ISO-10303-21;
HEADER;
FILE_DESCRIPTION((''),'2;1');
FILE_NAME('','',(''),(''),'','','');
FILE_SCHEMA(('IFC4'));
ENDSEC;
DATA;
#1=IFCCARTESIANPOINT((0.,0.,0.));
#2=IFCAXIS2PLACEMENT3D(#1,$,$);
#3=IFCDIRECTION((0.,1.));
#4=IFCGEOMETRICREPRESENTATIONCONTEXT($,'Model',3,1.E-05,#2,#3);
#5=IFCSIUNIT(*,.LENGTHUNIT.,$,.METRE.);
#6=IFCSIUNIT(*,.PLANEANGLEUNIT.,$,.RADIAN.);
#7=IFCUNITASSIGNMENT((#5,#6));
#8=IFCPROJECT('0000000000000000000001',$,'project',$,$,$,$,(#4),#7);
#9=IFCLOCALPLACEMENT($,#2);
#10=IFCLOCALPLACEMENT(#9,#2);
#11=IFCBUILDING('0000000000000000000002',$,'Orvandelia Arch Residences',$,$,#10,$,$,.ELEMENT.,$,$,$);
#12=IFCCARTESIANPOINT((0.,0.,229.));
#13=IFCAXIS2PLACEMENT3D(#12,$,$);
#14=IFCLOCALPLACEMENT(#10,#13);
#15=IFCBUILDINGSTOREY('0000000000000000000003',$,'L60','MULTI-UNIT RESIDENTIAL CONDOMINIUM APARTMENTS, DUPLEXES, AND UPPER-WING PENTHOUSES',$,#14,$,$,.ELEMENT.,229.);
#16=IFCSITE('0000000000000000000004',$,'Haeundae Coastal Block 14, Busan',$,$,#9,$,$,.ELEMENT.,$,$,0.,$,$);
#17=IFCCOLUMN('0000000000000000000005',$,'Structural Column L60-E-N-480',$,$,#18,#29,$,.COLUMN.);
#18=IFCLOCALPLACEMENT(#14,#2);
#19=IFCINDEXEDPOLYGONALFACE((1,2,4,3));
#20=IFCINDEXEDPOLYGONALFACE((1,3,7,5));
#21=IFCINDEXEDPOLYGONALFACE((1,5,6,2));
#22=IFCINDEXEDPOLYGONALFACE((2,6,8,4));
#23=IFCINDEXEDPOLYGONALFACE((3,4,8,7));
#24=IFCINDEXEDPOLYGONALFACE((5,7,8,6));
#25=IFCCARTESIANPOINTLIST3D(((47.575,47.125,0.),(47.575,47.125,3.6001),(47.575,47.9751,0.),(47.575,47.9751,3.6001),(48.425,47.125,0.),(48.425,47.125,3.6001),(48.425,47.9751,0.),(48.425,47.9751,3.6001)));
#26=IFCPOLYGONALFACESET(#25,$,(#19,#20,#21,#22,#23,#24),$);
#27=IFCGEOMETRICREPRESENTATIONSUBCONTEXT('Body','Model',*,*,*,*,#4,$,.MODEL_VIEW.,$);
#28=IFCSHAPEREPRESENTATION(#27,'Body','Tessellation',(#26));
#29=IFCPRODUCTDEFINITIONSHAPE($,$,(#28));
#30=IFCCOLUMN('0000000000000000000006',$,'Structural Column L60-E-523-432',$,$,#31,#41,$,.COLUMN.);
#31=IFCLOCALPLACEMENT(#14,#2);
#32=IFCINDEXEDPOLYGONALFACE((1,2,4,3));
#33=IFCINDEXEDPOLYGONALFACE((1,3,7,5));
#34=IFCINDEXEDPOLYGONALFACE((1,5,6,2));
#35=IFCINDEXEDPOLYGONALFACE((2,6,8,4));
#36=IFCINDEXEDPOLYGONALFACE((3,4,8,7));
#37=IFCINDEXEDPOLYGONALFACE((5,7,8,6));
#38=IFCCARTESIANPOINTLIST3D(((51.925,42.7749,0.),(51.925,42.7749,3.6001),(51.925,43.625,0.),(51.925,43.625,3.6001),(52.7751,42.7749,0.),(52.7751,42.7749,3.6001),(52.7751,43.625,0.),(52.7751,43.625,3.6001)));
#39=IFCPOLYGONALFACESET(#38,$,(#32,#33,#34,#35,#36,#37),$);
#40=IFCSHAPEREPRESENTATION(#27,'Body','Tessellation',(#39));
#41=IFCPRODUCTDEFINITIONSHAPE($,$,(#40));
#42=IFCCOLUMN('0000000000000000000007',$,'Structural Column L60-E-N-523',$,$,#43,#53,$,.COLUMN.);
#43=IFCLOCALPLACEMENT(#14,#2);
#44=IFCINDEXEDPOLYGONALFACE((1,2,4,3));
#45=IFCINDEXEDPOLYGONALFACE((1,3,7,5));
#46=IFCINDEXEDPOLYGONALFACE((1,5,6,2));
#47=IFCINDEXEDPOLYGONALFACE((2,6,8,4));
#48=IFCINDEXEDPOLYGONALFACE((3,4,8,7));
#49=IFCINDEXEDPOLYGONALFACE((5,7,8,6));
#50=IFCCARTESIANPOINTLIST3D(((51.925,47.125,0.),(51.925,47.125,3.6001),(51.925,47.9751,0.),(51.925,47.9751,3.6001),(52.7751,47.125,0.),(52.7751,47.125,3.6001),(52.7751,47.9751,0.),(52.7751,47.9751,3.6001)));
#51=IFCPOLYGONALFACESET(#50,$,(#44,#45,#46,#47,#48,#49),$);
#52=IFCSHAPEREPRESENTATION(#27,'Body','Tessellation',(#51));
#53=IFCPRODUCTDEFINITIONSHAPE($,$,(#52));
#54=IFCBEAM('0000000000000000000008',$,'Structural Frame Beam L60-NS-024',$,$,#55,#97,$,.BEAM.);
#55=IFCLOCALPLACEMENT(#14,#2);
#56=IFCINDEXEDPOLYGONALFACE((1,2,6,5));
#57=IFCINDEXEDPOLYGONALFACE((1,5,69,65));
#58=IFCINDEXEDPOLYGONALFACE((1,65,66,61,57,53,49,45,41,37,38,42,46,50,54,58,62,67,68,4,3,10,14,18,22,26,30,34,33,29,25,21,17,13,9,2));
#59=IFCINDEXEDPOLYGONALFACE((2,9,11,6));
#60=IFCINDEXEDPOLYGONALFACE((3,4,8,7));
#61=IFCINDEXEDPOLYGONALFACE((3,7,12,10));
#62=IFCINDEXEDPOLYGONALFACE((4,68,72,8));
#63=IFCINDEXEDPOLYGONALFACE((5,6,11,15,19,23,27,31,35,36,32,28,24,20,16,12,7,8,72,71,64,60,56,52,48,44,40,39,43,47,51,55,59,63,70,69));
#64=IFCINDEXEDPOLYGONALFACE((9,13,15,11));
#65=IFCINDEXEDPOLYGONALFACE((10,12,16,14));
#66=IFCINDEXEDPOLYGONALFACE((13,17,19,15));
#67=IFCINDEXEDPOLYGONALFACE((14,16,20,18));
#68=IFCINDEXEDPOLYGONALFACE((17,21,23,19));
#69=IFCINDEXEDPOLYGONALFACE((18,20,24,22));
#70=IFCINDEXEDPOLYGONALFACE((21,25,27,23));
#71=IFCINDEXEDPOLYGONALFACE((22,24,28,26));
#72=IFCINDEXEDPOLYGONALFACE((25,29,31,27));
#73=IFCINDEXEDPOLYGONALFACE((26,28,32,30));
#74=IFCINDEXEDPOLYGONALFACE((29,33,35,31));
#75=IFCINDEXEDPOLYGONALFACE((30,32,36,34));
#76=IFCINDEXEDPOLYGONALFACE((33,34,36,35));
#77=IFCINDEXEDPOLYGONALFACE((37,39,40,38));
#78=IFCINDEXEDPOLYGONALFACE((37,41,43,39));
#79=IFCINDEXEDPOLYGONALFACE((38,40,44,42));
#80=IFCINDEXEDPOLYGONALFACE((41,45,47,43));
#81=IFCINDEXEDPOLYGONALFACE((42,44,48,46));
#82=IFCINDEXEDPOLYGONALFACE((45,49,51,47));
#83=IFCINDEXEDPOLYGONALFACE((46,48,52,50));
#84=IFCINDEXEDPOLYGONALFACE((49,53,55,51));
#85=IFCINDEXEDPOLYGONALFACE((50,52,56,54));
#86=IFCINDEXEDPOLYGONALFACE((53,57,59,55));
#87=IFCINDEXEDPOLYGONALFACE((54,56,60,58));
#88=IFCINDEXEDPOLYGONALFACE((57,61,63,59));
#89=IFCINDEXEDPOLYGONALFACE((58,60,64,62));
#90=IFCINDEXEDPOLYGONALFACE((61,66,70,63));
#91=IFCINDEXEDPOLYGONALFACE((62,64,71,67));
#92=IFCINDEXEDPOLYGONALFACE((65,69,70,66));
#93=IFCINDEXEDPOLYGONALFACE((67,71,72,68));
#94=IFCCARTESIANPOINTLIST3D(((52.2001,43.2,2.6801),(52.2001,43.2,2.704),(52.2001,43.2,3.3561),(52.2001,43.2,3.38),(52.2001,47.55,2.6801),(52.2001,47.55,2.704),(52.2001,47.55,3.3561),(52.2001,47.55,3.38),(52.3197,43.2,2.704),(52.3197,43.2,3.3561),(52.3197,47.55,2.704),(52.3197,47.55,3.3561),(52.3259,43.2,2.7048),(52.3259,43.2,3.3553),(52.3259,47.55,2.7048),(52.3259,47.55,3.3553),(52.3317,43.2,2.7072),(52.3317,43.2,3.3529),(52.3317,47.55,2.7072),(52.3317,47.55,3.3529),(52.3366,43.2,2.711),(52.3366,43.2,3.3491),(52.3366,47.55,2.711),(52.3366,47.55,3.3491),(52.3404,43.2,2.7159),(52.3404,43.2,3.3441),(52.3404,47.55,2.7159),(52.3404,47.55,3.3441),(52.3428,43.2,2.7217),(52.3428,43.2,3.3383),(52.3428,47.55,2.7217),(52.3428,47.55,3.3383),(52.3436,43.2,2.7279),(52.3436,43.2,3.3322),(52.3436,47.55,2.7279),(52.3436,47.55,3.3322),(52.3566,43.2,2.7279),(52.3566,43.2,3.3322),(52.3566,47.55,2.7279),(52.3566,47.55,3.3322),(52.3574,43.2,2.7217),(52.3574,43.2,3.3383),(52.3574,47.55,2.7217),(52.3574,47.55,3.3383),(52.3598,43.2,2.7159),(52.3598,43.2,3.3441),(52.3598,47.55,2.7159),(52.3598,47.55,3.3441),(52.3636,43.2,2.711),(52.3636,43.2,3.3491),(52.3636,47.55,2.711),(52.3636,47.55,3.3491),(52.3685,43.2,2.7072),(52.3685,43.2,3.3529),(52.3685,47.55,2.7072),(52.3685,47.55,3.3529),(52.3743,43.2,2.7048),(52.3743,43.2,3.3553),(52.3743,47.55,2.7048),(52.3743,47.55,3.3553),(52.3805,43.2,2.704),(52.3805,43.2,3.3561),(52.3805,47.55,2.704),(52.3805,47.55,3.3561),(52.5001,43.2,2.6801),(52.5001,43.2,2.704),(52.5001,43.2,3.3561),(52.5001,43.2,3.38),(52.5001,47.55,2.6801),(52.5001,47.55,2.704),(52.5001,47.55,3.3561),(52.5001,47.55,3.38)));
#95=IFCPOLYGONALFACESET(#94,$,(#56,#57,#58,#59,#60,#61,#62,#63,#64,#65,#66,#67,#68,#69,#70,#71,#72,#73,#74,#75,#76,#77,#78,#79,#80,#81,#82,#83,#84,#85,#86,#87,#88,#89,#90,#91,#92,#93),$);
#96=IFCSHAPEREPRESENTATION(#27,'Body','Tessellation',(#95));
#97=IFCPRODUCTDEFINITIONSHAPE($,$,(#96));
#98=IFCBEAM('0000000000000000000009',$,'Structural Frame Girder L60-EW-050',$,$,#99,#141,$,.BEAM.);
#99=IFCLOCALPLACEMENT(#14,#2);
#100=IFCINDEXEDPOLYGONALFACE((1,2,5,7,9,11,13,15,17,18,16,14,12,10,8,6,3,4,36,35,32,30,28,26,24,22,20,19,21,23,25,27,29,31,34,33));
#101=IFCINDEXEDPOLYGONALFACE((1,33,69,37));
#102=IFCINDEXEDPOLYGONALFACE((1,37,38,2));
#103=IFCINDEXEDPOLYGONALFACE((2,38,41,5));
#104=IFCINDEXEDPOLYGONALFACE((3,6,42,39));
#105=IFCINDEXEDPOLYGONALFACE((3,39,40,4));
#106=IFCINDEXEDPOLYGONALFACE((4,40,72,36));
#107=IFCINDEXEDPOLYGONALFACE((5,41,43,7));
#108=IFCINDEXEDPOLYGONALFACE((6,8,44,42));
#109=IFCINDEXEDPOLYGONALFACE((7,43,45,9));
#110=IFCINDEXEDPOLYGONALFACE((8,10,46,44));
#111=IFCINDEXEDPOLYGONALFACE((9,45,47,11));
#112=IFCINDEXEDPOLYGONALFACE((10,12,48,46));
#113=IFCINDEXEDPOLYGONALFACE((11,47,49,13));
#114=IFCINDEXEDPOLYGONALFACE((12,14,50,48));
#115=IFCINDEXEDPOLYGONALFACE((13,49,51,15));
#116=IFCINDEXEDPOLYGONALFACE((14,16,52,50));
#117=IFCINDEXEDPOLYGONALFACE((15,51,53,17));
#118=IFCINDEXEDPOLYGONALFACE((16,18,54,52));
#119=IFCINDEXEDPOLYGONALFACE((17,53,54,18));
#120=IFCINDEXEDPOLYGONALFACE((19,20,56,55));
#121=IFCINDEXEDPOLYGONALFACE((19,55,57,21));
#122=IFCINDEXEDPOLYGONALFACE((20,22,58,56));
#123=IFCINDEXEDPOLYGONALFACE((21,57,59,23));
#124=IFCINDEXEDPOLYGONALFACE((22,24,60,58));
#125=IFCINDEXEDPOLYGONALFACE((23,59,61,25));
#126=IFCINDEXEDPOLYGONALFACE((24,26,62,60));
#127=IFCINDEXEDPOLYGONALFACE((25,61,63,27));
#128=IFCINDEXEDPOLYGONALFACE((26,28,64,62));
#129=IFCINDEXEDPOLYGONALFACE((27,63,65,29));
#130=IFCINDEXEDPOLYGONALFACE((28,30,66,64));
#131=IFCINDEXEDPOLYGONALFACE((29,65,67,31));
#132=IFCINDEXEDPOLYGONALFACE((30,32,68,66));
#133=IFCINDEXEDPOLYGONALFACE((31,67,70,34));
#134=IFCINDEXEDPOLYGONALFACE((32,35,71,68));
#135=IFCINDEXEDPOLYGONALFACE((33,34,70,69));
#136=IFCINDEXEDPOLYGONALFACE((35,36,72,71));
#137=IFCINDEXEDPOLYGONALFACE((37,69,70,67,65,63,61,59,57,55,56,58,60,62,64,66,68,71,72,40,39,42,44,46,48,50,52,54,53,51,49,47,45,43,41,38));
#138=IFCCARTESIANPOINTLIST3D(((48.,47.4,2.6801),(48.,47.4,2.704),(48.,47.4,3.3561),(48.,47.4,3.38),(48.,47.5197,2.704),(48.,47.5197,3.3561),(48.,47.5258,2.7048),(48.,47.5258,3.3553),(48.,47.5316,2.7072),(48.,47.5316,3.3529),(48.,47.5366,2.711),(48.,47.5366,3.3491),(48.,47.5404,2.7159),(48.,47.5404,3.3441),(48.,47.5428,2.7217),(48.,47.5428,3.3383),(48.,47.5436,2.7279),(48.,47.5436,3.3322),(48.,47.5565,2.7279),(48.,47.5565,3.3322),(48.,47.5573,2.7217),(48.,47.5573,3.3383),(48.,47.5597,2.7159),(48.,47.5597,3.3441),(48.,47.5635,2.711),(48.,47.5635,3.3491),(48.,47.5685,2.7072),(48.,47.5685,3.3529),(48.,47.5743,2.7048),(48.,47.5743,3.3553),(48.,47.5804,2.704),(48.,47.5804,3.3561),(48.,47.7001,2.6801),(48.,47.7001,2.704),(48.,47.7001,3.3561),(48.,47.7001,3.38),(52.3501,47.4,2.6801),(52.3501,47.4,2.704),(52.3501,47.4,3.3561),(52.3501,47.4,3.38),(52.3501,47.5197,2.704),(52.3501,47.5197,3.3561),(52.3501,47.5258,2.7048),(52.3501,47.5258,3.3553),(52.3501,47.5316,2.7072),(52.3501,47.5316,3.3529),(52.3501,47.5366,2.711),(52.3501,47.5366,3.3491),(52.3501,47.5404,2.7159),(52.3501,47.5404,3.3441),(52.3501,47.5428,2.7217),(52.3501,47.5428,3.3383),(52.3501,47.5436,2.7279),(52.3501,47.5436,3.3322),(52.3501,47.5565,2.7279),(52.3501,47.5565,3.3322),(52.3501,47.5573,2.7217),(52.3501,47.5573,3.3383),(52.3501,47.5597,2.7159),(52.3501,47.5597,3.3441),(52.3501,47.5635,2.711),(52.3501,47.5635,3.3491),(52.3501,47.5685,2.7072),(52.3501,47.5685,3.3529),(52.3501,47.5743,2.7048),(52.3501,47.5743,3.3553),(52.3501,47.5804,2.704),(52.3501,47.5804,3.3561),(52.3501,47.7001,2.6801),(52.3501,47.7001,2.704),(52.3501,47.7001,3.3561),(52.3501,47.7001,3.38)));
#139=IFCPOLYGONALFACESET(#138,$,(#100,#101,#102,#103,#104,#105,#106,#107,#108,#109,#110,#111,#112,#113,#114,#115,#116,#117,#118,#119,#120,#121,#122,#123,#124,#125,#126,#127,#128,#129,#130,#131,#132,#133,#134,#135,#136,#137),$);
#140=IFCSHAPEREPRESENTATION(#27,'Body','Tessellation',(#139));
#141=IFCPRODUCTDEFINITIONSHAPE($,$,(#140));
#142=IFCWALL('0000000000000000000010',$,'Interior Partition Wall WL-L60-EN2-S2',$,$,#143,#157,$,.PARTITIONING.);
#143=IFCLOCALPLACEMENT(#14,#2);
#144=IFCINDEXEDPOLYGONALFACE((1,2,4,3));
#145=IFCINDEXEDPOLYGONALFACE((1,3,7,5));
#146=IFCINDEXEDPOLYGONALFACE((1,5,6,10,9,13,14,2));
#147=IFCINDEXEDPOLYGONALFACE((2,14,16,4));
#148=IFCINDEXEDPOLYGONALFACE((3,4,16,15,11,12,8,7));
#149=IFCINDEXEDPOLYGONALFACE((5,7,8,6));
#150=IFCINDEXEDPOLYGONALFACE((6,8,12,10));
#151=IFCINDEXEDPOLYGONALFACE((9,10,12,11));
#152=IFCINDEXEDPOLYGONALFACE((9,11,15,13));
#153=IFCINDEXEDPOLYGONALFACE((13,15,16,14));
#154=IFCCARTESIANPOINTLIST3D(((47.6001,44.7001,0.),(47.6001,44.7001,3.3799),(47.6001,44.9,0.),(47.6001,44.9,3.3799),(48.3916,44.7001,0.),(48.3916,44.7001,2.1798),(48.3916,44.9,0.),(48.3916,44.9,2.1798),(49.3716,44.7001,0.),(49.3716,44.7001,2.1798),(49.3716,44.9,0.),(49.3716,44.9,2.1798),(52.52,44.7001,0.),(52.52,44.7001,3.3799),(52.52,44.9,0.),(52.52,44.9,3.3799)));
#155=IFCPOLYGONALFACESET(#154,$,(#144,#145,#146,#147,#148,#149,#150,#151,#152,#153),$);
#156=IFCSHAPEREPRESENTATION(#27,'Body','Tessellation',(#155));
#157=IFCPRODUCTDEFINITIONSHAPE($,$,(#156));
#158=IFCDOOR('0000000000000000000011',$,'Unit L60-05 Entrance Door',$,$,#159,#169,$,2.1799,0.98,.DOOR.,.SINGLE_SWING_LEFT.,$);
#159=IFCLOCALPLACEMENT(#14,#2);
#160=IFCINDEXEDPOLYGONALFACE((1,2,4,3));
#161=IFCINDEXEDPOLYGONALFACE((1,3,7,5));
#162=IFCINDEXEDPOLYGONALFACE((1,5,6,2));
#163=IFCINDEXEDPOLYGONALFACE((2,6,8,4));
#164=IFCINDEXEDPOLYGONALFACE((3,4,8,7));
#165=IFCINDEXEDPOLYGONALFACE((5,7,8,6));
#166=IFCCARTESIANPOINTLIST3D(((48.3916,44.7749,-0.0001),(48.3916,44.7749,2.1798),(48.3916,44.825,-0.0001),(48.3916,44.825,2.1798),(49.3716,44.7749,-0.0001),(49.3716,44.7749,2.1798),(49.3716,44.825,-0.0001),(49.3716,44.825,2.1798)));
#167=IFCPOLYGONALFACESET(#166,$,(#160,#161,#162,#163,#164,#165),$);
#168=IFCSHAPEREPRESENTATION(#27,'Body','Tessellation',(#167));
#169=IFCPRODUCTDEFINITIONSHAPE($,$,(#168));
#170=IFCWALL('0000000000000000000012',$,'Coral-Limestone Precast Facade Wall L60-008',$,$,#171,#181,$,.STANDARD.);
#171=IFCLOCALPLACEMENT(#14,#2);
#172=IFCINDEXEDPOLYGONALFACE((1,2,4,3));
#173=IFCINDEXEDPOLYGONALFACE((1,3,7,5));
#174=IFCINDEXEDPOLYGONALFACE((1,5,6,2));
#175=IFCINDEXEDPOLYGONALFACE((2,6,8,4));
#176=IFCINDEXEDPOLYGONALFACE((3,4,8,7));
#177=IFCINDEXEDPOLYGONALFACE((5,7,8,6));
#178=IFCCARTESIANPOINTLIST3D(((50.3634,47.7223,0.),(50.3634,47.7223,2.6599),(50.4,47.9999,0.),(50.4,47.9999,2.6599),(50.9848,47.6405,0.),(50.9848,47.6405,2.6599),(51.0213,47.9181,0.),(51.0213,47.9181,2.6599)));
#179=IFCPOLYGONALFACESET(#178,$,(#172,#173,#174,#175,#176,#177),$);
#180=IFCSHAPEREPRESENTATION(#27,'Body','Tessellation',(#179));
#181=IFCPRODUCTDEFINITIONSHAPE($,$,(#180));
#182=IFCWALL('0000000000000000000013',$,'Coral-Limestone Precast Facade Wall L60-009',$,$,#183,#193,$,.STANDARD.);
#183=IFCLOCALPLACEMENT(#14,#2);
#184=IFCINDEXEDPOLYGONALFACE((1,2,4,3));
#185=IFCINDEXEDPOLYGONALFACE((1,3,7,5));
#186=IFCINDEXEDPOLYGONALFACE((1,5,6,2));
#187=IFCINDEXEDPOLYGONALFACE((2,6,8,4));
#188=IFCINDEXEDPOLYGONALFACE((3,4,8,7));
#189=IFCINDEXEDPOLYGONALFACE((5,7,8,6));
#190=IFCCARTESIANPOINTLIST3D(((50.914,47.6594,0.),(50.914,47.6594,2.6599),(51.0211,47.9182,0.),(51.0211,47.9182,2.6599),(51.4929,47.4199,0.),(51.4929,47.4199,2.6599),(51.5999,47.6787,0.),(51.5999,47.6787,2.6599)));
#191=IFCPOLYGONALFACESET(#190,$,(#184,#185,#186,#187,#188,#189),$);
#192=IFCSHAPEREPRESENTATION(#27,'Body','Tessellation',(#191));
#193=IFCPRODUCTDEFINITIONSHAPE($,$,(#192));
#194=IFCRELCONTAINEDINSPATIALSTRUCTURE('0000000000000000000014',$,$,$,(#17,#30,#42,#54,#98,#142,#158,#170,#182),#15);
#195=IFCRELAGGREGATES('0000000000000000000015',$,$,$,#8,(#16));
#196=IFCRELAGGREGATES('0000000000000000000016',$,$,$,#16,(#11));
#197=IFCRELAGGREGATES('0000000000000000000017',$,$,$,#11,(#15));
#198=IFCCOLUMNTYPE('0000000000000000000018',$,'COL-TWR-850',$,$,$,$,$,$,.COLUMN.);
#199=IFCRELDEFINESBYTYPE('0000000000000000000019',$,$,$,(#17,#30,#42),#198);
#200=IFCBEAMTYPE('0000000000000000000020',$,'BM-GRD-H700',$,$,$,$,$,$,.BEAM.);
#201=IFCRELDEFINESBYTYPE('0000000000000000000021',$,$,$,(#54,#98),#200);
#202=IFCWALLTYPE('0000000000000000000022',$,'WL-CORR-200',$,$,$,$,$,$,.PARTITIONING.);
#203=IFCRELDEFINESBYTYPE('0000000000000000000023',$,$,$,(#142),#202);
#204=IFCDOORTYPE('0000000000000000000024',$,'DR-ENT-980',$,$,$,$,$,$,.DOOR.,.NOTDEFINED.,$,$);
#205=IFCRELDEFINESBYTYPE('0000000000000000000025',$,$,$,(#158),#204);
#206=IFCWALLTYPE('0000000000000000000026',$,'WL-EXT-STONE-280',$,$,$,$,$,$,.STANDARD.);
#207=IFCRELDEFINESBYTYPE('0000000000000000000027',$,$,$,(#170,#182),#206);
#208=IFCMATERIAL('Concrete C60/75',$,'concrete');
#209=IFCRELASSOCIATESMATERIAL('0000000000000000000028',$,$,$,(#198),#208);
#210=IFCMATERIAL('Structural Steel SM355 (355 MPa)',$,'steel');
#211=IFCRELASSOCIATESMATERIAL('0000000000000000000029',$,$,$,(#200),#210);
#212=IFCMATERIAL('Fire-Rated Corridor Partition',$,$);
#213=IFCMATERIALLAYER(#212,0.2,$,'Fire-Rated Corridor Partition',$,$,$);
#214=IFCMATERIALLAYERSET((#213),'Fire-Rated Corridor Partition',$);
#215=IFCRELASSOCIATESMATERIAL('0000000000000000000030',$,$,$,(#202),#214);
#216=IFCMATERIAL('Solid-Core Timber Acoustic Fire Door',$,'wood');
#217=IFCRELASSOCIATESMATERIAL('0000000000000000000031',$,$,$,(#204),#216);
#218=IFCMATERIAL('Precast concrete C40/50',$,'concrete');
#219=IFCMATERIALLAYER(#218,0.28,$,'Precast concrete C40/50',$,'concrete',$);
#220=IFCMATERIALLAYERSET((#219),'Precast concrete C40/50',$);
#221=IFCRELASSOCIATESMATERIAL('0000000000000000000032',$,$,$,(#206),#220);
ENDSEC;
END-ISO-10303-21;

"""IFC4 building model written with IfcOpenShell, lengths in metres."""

from ifc_helpers import new_model, si_unit, direction, frame, frame_2d, origin, origin_2d, place, context, subcontext, project, spatial, rectangle, i_section, extrude, material, layer, layer_set, material_profile, profile_set, type_object, element, fill, save


model = new_model("IFC4")

# Units and contexts
model_context = context("Model", 3, precision=1e-05, world=origin(), true_north=direction((0.0, 1.0)))
body_context = subcontext(model_context, "Body", "Model", "MODEL_VIEW")
ifc_project = project(units=[si_unit("LENGTHUNIT", "METRE"), si_unit("PLANEANGLEUNIT", "RADIAN")], contexts=[model_context])

# Site, building, storey
site_placement = place(None, origin())
site = spatial("IfcSite", under=ifc_project, at=site_placement, Name="Haeundae Coastal Block 14, Busan", CompositionType="ELEMENT", RefElevation=0.0)
building_placement = place(site_placement, origin())
building = spatial("IfcBuilding", under=site, at=building_placement, Name="Orvandelia Arch Residences", CompositionType="ELEMENT")
storey_placement = place(building_placement, frame((0.0, 0.0, 229.0)))
storey = spatial("IfcBuildingStorey", under=building, at=storey_placement, Name="L60", Description="MULTI-UNIT RESIDENTIAL CONDOMINIUM APARTMENTS, DUPLEXES, AND UPPER-WING PENTHOUSES", CompositionType="ELEMENT", Elevation=229.0)

# Columns
ifc_material_1 = material(Name="Concrete C60/75", Category="concrete")
ifc_material_profile_1 = material_profile(ifc_material_1, rectangle(XDim=0.8501, YDim=0.8501, at=origin_2d()), Name="Concrete C60/75", Category="concrete")
ifc_profile_set_1 = profile_set([ifc_material_profile_1], Name="Concrete C60/75")
column_type = type_object("IfcColumnType", Name="COL-TWR-850", PredefinedType="COLUMN", material=ifc_profile_set_1)
for number, where, z_axis, x_axis, name in (
    (1, (48.0, 47.55, 0.0), (0.0, 0.0, 1.0), (1.0, 0.0, 0.0), "Structural Column L60-E-N-480"),
    (2, (52.3501, 43.2, 0.0), (0.0, 0.0, 1.0), (1.0, 0.0, 0.0), "Structural Column L60-E-523-432"),
    (3, (52.3501, 47.55, 0.0), (0.0, 0.0, 1.0), (1.0, 0.0, 0.0), "Structural Column L60-E-N-523"),
):
    element("IfcColumn", number, at=place(storey_placement, frame(where, z_axis=z_axis, x_axis=x_axis)), inside=storey, type_object=column_type, Name=name, PredefinedType="COLUMN", context=body_context, shape_type="SweptSolid", body=[
        extrude(rectangle(XDim=0.8501, YDim=0.8501, at=origin_2d()), origin(), (0.0, 0.0, 1.0), 3.6001),
    ])

# Beams
ifc_material_2 = material(Name="Structural Steel SM355 (355 MPa)", Category="steel")
ifc_material_profile_2 = material_profile(ifc_material_2, i_section(OverallWidth=0.3, OverallDepth=0.7, WebThickness=0.0129, FlangeThickness=0.0239, FilletRadius=0.0239, at=origin_2d()), Name="Structural Steel SM355 (355 MPa)", Category="steel")
ifc_profile_set_2 = profile_set([ifc_material_profile_2], Name="Structural Steel SM355 (355 MPa)")
beam_type = type_object("IfcBeamType", Name="BM-GRD-H700", PredefinedType="BEAM", material=ifc_profile_set_2)
for number, where, z_axis, x_axis, name in (
    (4, (52.3501, 43.2, 3.03), (0.0, 1.0, 0.0), (-1.0, 0.0, 0.0), "Structural Frame Beam L60-NS-024"),
    (5, (48.0, 47.55, 3.03), (1.0, 0.0, 0.0), (0.0, 1.0, 0.0), "Structural Frame Girder L60-EW-050"),
):
    element("IfcBeam", number, at=place(storey_placement, frame(where, z_axis=z_axis, x_axis=x_axis)), inside=storey, type_object=beam_type, Name=name, PredefinedType="BEAM", context=body_context, shape_type="SweptSolid", body=[
        extrude(i_section(OverallWidth=0.3, OverallDepth=0.7, WebThickness=0.0129, FlangeThickness=0.0239, FilletRadius=0.0239, at=origin_2d()), origin(), (0.0, 0.0, 1.0), 4.3501),
    ])

# Wall, opening, door
ifc_material_3 = material(Name="Fire-Rated Corridor Partition")
ifc_layer_1 = layer(ifc_material_3, 0.2, Name="Fire-Rated Corridor Partition")
ifc_layer_set_1 = layer_set([ifc_layer_1], Name="Fire-Rated Corridor Partition")
wall_type_1 = type_object("IfcWallType", Name="WL-CORR-200", PredefinedType="PARTITIONING", material=ifc_layer_set_1)
wall_1_placement = place(storey_placement, frame((47.6001, 44.8, 0.0), z_axis=(0.0, 0.0, 1.0), x_axis=(1.0, 0.0, 0.0)))
wall_1 = element("IfcWall", 6, at=wall_1_placement, inside=storey, type_object=wall_type_1, Name="Interior Partition Wall WL-L60-EN2-S2", PredefinedType="PARTITIONING", context=body_context, shape_type="SweptSolid", body=[
    extrude(rectangle(XDim=4.9199, YDim=0.2, at=frame_2d((2.46, 0.0))), origin(), (0.0, 0.0, 1.0), 3.3799),
])
opening_1_placement = place(wall_1_placement, frame((0.7915, 0.0, 0.0)))
opening_1 = element("IfcOpeningElement", 7, at=opening_1_placement, cuts=wall_1, PredefinedType="OPENING", context=body_context, shape_type="SweptSolid", body=[
    extrude(rectangle(XDim=0.98, YDim=2.1799, at=frame_2d((0.49, 1.0898))), frame((0.0, 0.1099, 0.0), z_axis=(0.0, -1.0, 0.0), x_axis=(1.0, 0.0, 0.0)), (0.0, 0.0, 1.0), 0.22),
])
ifc_material_4 = material(Name="Solid-Core Timber Acoustic Fire Door", Category="wood")
door_type_1 = type_object("IfcDoorType", Name="DR-ENT-980", OperationType="NOTDEFINED", PredefinedType="DOOR", material=ifc_material_4)
door_1_placement = place(opening_1_placement, origin())
door_1 = element("IfcDoor", 8, at=door_1_placement, inside=storey, type_object=door_type_1, Name="Unit L60-05 Entrance Door", OperationType="SINGLE_SWING_LEFT", OverallHeight=2.1799, OverallWidth=0.98, PredefinedType="DOOR", context=body_context, shape_type="SweptSolid", body=[
    extrude(rectangle(XDim=0.98, YDim=2.1799, at=frame_2d((0.49, 1.0898))), frame((0.0, 0.0249, 0.0), z_axis=(0.0, -1.0, 0.0), x_axis=(1.0, 0.0, 0.0)), (0.0, 0.0, 1.0), 0.05),
])
fill(opening_1, door_1)

# Walls
ifc_material_5 = material(Name="Precast concrete C40/50", Category="concrete")
ifc_layer_2 = layer(ifc_material_5, 0.28, Name="Precast concrete C40/50", Category="concrete")
ifc_layer_set_2 = layer_set([ifc_layer_2], Name="Precast concrete C40/50")
wall_type_2 = type_object("IfcWallType", Name="WL-EXT-STONE-280", PredefinedType="STANDARD", material=ifc_layer_set_2)
wall_2_placement = place(storey_placement, frame((50.3816, 47.8611, 0.0), z_axis=(0.0, 0.0, 1.0), x_axis=(0.991448, -0.130505, 0.0)))
element("IfcWall", 9, at=wall_2_placement, inside=storey, type_object=wall_type_2, Name="Coral-Limestone Precast Facade Wall L60-008", PredefinedType="STANDARD", context=body_context, shape_type="SweptSolid", body=[
    extrude(rectangle(XDim=0.6267, YDim=0.28, at=frame_2d((0.3135, 0.0))), origin(), (0.0, 0.0, 1.0), 2.6599),
])
for number, where, z_axis, x_axis, name in (
    (10, (50.9675, 47.7888, 0.0), (0.0, 0.0, 1.0), (0.924031, -0.382317, 0.0), "Coral-Limestone Precast Facade Wall L60-009"),
):
    element("IfcWall", number, at=place(storey_placement, frame(where, z_axis=z_axis, x_axis=x_axis)), inside=storey, type_object=wall_type_2, Name=name, PredefinedType="STANDARD", context=body_context, shape_type="SweptSolid", body=[
        extrude(rectangle(XDim=0.6265, YDim=0.28, at=frame_2d((0.3132, 0.0))), origin(), (0.0, 0.0, 1.0), 2.6599),
    ])

save(model, "model.ifc")
